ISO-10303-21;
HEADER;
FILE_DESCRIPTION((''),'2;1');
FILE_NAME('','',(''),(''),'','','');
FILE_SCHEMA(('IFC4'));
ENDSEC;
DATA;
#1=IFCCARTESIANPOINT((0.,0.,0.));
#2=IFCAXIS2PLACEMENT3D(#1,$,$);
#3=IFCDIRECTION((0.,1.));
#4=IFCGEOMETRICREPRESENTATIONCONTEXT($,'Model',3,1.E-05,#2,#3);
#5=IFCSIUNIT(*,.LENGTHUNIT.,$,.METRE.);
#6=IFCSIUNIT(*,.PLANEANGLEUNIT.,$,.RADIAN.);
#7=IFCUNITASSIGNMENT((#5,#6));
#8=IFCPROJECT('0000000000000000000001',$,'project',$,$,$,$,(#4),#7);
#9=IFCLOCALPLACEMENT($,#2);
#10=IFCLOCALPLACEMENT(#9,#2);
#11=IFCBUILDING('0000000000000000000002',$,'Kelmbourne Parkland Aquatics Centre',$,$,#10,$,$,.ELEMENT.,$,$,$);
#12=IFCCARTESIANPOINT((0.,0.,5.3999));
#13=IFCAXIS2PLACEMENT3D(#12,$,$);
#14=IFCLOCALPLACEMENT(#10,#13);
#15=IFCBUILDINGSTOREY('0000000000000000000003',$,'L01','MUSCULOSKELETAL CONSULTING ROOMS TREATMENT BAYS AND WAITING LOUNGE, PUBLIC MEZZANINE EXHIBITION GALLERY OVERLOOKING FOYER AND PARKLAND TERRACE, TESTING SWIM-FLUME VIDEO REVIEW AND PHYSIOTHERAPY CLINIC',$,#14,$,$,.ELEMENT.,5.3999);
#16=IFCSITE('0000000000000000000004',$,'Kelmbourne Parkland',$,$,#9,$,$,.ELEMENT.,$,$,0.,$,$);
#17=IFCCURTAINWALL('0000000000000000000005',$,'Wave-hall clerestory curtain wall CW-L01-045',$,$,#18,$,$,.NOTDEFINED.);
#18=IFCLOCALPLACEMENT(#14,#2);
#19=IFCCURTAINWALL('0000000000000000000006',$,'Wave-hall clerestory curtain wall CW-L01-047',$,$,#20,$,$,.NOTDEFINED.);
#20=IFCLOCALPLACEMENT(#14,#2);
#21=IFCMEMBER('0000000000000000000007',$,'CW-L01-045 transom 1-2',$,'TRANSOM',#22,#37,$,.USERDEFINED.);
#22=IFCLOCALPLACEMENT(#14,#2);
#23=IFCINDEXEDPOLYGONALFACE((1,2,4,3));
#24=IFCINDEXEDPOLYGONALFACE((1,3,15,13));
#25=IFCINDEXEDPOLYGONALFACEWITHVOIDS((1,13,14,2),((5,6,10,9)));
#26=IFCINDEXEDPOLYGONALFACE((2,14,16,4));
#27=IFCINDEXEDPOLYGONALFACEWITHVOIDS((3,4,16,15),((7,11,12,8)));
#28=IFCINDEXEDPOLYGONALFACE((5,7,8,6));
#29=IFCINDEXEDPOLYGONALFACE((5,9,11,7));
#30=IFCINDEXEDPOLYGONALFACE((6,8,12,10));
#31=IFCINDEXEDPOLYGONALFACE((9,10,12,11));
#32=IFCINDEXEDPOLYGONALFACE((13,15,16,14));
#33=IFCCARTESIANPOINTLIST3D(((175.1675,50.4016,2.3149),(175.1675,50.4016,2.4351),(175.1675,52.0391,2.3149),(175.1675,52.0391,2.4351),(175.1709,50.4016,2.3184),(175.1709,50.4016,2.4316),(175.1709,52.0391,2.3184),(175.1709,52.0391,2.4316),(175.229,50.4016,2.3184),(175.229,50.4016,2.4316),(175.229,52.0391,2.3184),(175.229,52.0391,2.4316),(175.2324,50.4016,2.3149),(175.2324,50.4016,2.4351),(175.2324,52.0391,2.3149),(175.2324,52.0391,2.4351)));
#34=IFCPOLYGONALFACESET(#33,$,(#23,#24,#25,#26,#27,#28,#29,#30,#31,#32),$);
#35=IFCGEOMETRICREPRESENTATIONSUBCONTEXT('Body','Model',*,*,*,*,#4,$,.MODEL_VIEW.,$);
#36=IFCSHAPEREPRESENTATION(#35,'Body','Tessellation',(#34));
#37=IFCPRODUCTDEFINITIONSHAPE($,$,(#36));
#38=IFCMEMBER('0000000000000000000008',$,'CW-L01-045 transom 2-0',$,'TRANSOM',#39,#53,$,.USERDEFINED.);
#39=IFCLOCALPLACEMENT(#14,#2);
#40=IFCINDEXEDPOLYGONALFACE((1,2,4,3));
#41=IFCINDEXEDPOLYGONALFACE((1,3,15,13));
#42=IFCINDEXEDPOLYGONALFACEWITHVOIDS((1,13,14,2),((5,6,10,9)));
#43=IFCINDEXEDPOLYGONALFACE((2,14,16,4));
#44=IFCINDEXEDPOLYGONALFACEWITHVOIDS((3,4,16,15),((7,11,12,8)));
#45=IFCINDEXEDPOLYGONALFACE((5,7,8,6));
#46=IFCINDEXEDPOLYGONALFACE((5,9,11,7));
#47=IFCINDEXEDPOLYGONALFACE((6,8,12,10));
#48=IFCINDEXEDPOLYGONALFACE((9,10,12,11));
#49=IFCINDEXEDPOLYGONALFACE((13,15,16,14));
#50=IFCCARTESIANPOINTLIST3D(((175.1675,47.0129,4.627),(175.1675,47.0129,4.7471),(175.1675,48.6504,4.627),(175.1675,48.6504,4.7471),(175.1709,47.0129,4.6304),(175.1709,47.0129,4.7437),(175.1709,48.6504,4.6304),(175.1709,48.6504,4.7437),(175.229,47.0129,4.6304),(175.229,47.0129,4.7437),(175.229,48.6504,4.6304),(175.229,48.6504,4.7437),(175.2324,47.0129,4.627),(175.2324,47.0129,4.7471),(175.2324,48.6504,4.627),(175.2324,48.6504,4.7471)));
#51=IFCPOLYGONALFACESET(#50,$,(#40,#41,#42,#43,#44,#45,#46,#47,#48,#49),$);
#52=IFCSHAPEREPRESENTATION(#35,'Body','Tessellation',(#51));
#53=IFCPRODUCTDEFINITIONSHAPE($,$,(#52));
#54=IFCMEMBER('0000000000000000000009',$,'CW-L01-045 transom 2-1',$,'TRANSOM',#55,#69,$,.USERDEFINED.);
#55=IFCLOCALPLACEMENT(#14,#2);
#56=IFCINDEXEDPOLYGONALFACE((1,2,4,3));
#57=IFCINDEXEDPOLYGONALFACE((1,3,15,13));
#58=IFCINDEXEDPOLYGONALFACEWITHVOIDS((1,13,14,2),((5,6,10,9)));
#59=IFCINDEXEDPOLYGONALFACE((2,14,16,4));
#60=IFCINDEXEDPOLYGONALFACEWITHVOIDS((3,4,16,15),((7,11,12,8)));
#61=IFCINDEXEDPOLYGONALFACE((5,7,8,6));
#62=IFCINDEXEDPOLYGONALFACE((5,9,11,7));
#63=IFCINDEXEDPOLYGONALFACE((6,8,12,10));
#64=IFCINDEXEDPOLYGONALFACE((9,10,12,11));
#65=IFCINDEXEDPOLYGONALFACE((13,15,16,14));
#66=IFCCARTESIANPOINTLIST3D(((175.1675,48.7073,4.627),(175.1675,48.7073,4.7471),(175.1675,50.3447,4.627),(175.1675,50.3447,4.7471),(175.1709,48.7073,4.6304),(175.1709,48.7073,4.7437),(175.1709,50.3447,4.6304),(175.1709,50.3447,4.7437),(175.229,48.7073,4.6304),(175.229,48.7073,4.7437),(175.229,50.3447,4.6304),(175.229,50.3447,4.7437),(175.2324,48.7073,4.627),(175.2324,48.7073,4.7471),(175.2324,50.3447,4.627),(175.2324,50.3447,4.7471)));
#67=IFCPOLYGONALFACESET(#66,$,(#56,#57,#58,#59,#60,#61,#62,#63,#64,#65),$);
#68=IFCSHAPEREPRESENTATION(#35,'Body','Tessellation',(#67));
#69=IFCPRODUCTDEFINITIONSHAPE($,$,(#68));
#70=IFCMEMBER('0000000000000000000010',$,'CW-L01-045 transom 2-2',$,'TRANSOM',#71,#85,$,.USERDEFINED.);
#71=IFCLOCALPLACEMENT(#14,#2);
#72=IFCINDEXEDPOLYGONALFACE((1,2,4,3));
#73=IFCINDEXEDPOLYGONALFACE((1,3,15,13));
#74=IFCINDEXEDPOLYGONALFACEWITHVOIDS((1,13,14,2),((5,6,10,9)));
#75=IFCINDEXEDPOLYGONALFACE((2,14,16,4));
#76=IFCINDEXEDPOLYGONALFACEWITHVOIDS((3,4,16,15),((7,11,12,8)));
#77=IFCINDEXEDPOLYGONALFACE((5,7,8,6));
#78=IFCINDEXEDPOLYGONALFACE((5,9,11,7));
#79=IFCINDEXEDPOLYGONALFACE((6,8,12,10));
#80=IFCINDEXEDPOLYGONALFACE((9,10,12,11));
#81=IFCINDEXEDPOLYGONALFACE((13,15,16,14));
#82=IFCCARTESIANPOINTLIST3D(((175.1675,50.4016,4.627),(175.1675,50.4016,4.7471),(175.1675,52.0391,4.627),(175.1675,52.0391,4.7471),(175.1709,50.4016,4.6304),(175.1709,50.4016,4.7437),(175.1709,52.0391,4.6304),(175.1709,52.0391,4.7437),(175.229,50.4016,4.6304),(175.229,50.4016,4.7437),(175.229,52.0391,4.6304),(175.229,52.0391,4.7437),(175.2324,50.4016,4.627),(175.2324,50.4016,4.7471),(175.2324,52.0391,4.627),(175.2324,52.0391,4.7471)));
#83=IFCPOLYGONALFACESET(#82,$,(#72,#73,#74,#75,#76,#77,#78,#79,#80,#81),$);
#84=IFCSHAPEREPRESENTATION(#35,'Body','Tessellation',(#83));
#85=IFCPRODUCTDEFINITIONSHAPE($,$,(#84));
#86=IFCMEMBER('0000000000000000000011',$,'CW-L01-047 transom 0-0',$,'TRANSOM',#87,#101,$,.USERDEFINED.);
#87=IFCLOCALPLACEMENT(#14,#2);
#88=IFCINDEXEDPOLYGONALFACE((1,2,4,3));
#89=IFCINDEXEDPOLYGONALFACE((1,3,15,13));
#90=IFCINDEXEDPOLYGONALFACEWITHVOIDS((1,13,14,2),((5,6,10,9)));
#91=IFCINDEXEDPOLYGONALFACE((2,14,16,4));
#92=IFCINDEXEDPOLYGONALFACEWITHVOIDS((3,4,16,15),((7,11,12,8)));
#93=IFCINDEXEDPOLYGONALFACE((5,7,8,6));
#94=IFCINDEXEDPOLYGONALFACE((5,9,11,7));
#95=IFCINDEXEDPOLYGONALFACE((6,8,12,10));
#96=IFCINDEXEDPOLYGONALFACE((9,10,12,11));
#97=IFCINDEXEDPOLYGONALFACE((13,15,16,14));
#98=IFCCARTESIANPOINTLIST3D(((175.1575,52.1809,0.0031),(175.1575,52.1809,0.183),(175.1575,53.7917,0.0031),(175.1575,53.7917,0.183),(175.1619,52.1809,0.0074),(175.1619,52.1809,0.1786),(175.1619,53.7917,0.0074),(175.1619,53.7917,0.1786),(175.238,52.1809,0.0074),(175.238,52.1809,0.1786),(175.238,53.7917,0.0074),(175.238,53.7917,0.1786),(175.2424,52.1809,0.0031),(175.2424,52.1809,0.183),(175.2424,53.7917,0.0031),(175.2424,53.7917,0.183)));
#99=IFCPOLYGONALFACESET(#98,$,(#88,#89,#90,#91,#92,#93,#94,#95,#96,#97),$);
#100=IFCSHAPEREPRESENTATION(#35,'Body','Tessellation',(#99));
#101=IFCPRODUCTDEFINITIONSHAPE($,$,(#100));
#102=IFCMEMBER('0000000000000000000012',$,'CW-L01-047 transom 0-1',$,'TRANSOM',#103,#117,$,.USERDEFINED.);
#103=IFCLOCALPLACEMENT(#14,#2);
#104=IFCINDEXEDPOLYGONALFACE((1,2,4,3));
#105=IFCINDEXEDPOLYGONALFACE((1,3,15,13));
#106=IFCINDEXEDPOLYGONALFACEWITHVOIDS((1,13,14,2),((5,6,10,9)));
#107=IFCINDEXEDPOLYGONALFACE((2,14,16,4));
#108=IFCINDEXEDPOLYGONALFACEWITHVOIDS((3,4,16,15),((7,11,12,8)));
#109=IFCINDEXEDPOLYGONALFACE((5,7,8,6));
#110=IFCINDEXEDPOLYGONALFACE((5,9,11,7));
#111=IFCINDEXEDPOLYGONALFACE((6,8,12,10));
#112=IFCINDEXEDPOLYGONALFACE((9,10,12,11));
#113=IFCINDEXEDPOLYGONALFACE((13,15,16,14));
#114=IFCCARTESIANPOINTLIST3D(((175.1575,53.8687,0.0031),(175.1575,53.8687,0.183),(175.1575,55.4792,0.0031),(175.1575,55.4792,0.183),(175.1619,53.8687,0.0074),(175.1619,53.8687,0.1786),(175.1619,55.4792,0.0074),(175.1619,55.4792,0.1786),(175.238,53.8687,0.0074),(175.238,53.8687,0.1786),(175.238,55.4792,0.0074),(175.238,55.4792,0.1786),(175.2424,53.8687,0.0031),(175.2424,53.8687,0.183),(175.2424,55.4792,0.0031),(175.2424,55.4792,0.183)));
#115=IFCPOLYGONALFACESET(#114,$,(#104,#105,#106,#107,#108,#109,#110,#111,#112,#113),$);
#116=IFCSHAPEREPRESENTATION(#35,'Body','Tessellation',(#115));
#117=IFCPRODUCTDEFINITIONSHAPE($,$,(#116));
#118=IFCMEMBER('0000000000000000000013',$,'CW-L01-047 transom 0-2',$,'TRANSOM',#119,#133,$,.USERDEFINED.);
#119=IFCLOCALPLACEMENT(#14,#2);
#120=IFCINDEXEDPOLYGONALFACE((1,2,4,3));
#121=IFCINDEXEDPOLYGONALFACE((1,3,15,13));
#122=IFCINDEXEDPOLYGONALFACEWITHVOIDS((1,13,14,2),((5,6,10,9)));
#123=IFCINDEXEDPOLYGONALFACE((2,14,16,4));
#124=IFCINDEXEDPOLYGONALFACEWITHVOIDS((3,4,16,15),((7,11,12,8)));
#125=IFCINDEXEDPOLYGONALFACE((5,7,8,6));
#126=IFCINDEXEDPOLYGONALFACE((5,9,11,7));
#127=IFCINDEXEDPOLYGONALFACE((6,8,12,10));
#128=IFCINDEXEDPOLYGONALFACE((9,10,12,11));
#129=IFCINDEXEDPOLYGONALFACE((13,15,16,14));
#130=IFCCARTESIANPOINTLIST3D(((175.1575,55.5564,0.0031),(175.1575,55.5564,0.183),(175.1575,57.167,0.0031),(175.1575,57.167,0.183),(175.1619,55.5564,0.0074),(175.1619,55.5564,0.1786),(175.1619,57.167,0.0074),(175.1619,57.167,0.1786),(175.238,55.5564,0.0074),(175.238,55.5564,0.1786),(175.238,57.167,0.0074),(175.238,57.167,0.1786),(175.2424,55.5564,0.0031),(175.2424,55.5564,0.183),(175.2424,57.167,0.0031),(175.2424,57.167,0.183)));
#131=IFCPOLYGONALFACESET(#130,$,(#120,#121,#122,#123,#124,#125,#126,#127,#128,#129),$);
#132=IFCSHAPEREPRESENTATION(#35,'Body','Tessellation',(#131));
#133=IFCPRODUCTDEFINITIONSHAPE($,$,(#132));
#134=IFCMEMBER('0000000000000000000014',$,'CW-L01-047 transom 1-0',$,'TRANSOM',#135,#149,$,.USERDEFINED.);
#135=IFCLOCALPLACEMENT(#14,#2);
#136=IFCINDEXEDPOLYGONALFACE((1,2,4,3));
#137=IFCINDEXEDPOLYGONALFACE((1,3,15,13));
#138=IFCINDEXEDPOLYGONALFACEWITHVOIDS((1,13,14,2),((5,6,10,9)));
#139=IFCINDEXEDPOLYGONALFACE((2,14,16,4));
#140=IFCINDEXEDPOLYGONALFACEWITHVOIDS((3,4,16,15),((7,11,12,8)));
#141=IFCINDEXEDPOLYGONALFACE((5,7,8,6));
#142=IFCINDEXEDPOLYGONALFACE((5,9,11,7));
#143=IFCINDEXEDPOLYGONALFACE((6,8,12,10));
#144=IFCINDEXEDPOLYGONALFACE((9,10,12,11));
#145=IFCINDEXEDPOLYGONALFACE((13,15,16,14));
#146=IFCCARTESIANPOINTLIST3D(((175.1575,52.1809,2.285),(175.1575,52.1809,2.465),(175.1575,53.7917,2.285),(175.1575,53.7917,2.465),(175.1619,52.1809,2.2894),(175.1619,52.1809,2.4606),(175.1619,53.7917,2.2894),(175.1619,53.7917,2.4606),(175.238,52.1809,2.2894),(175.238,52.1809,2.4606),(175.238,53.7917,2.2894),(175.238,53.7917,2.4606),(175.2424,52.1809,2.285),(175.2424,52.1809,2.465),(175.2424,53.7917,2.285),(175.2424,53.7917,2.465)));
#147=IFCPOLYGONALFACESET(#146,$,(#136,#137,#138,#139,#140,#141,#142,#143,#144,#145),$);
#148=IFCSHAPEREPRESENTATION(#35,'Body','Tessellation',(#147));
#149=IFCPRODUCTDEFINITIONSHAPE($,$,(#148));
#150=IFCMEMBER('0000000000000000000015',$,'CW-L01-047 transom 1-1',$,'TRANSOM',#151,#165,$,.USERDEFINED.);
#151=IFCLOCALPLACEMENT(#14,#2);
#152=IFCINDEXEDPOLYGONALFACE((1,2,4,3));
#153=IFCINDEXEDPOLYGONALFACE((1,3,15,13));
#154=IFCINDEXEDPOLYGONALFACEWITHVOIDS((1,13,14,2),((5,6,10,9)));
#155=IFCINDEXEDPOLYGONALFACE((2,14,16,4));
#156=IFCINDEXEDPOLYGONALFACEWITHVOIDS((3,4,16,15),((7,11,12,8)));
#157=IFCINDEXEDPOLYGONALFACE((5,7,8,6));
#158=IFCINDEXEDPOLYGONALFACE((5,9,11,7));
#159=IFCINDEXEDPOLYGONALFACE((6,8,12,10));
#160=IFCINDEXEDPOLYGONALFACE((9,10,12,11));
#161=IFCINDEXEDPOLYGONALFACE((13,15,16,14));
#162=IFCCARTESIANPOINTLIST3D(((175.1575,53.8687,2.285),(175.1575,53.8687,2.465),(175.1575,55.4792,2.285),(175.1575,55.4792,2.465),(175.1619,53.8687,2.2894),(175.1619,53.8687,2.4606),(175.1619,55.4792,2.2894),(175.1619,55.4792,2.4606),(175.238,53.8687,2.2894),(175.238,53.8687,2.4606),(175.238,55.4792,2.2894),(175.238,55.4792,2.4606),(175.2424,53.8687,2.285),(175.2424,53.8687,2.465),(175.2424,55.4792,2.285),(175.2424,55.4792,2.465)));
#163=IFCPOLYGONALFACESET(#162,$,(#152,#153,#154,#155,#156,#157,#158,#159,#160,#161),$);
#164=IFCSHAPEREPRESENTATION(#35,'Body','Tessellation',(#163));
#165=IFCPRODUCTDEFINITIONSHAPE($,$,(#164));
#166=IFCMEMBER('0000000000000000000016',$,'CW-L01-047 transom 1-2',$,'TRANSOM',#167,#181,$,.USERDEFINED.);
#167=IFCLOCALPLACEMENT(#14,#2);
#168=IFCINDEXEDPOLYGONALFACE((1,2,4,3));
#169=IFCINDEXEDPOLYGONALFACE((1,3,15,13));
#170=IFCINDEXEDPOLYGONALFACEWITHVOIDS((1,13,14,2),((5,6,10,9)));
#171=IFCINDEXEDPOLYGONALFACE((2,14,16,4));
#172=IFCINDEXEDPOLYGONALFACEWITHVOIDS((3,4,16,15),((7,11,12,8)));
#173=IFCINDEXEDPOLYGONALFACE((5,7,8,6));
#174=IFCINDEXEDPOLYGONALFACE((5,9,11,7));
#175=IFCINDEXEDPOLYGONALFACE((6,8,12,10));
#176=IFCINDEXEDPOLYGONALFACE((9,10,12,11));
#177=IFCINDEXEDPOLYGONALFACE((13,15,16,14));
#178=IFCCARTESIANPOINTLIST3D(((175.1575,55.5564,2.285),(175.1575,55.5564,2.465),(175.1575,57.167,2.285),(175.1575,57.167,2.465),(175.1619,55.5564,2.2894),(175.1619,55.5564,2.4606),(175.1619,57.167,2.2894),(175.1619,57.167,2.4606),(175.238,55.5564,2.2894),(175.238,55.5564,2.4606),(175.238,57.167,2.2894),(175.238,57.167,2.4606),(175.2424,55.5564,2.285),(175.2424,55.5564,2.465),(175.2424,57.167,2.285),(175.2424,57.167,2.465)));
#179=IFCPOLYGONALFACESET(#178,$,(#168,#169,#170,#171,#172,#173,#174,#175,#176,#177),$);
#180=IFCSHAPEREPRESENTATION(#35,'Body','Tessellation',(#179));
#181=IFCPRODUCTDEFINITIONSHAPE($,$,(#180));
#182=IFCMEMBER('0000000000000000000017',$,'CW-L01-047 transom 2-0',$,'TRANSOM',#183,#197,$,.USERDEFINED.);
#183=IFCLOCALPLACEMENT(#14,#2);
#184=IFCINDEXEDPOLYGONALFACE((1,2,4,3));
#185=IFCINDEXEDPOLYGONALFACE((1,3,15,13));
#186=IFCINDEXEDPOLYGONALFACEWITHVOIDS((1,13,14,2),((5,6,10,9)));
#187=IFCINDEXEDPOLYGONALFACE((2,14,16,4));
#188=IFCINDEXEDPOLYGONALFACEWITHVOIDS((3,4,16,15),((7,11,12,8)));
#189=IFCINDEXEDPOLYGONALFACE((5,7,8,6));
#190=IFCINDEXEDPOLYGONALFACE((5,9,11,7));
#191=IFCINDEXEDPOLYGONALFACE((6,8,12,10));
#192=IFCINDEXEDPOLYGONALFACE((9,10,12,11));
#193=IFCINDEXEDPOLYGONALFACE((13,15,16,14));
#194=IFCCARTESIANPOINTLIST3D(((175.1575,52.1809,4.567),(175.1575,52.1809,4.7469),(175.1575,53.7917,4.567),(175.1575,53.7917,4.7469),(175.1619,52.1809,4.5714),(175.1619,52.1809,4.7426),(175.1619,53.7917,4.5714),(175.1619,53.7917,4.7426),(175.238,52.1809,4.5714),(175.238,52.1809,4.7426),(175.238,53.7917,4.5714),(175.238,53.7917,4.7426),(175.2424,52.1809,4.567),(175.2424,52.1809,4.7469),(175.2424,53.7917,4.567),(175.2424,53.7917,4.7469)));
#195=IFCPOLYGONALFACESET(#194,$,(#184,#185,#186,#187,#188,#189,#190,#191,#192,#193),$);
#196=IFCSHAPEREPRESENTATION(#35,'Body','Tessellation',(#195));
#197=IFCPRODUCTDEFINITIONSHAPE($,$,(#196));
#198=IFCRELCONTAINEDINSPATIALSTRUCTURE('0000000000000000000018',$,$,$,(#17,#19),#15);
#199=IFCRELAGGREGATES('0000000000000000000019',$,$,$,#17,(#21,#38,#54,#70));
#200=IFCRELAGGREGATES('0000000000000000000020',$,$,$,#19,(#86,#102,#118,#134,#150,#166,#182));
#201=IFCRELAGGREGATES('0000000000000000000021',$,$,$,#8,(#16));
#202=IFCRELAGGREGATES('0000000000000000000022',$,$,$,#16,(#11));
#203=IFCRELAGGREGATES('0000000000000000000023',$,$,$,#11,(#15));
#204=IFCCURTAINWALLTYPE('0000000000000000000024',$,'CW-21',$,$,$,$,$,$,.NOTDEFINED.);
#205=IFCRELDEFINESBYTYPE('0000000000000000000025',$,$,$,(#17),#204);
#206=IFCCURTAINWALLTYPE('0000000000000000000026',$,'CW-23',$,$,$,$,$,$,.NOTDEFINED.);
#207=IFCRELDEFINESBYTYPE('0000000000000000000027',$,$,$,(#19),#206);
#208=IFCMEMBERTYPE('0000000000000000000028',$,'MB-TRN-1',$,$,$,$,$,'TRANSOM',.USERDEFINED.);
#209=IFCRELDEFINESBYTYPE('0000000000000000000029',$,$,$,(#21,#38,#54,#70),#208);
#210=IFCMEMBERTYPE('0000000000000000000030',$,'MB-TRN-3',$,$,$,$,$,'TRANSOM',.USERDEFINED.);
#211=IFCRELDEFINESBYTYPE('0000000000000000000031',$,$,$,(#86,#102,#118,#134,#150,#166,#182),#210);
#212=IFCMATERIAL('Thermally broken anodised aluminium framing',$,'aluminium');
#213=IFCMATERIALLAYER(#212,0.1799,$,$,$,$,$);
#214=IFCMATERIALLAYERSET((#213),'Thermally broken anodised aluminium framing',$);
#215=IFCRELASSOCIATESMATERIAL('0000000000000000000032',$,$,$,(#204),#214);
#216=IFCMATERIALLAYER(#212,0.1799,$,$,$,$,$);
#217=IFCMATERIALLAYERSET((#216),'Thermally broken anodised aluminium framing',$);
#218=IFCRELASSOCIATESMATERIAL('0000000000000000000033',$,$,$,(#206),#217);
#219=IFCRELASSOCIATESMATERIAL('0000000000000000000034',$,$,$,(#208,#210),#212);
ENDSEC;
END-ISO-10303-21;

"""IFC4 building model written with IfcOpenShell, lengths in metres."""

from ifc_helpers import new_model, si_unit, direction, frame, origin, origin_2d, place, context, subcontext, project, spatial, hollow_rectangle, extrude, material, layer, layer_set, material_profile, profile_set, type_object, element, aggregate, save


model = new_model("IFC4")

# Units and contexts
model_context = context("Model", 3, precision=1e-05, world=origin(), true_north=direction((0.0, 1.0)))
body_context = subcontext(model_context, "Body", "Model", "MODEL_VIEW")
ifc_project = project(units=[si_unit("LENGTHUNIT", "METRE"), si_unit("PLANEANGLEUNIT", "RADIAN")], contexts=[model_context])

# Site, building, storey
site_placement = place(None, origin())
site = spatial("IfcSite", under=ifc_project, at=site_placement, Name="Kelmbourne Parkland", CompositionType="ELEMENT", RefElevation=0.0)
building_placement = place(site_placement, origin())
building = spatial("IfcBuilding", under=site, at=building_placement, Name="Kelmbourne Parkland Aquatics Centre", CompositionType="ELEMENT")
storey_placement = place(building_placement, frame((0.0, 0.0, 5.3999)))
storey = spatial("IfcBuildingStorey", under=building, at=storey_placement, Name="L01", Description="MUSCULOSKELETAL CONSULTING ROOMS TREATMENT BAYS AND WAITING LOUNGE, PUBLIC MEZZANINE EXHIBITION GALLERY OVERLOOKING FOYER AND PARKLAND TERRACE, TESTING SWIM-FLUME VIDEO REVIEW AND PHYSIOTHERAPY CLINIC", CompositionType="ELEMENT", Elevation=5.3999)

# Curtain walls
ifc_material_1 = material(Name="Thermally broken anodised aluminium framing", Category="aluminium")
ifc_layer_1 = layer(ifc_material_1, 0.1799)
ifc_layer_set_1 = layer_set([ifc_layer_1], Name="Thermally broken anodised aluminium framing")
curtain_wall_type_1 = type_object("IfcCurtainWallType", Name="CW-21", PredefinedType="NOTDEFINED", material=ifc_layer_set_1)
curtain_wall_1_placement = place(storey_placement, origin())
curtain_wall_1 = element("IfcCurtainWall", 1, at=curtain_wall_1_placement, inside=storey, type_object=curtain_wall_type_1, Name="Wave-hall clerestory curtain wall CW-L01-045", PredefinedType="NOTDEFINED")
ifc_layer_2 = layer(ifc_material_1, 0.1799)
ifc_layer_set_2 = layer_set([ifc_layer_2], Name="Thermally broken anodised aluminium framing")
curtain_wall_type_2 = type_object("IfcCurtainWallType", Name="CW-23", PredefinedType="NOTDEFINED", material=ifc_layer_set_2)
curtain_wall_2_placement = place(storey_placement, origin())
curtain_wall_2 = element("IfcCurtainWall", 2, at=curtain_wall_2_placement, inside=storey, type_object=curtain_wall_type_2, Name="Wave-hall clerestory curtain wall CW-L01-047", PredefinedType="NOTDEFINED")

# Members
ifc_material_profile_1 = material_profile(ifc_material_1, hollow_rectangle(XDim=0.0649, YDim=0.1201, WallThickness=0.0034, at=origin_2d()), Name="CW-T 65x120")
ifc_profile_set_1 = profile_set([ifc_material_profile_1], Name="Thermally broken anodised aluminium framing")
member_type_1 = type_object("IfcMemberType", Name="MB-TRN-1", ElementType="TRANSOM", PredefinedType="USERDEFINED", material=ifc_profile_set_1)
member_1_placement = place(storey_placement, frame((175.2, 50.4016, 2.375), z_axis=(0.0, 1.0, 0.0), x_axis=(-1.0, 0.0, 0.0)))
member_1 = element("IfcMember", 3, at=member_1_placement, type_object=member_type_1, Name="CW-L01-045 transom 1-2", ObjectType="TRANSOM", PredefinedType="USERDEFINED", context=body_context, shape_type="SweptSolid", body=[
    extrude(hollow_rectangle(XDim=0.0649, YDim=0.1201, WallThickness=0.0034, at=origin_2d()), origin(), (0.0, 0.0, 1.0), 1.6375),
])
member_2_placement = place(storey_placement, frame((175.2, 47.0129, 4.687), z_axis=(0.0, 1.0, 0.0), x_axis=(-1.0, 0.0, 0.0)))
member_2 = element("IfcMember", 4, at=member_2_placement, type_object=member_type_1, Name="CW-L01-045 transom 2-0", ObjectType="TRANSOM", PredefinedType="USERDEFINED", context=body_context, shape_type="SweptSolid", body=[
    extrude(hollow_rectangle(XDim=0.0649, YDim=0.1201, WallThickness=0.0034, at=origin_2d()), origin(), (0.0, 0.0, 1.0), 1.6375),
])
member_3_placement = place(storey_placement, frame((175.2, 48.7073, 4.687), z_axis=(0.0, 1.0, 0.0), x_axis=(-1.0, 0.0, 0.0)))
member_3 = element("IfcMember", 5, at=member_3_placement, type_object=member_type_1, Name="CW-L01-045 transom 2-1", ObjectType="TRANSOM", PredefinedType="USERDEFINED", context=body_context, shape_type="SweptSolid", body=[
    extrude(hollow_rectangle(XDim=0.0649, YDim=0.1201, WallThickness=0.0034, at=origin_2d()), origin(), (0.0, 0.0, 1.0), 1.6375),
])
member_4_placement = place(storey_placement, frame((175.2, 50.4016, 4.687), z_axis=(0.0, 1.0, 0.0), x_axis=(-1.0, 0.0, 0.0)))
member_4 = element("IfcMember", 6, at=member_4_placement, type_object=member_type_1, Name="CW-L01-045 transom 2-2", ObjectType="TRANSOM", PredefinedType="USERDEFINED", context=body_context, shape_type="SweptSolid", body=[
    extrude(hollow_rectangle(XDim=0.0649, YDim=0.1201, WallThickness=0.0034, at=origin_2d()), origin(), (0.0, 0.0, 1.0), 1.6375),
])
ifc_material_profile_2 = material_profile(ifc_material_1, hollow_rectangle(XDim=0.085, YDim=0.1799, WallThickness=0.0044, at=origin_2d()), Name="CW-T 85x180")
ifc_profile_set_2 = profile_set([ifc_material_profile_2], Name="Thermally broken anodised aluminium framing")
member_type_2 = type_object("IfcMemberType", Name="MB-TRN-3", ElementType="TRANSOM", PredefinedType="USERDEFINED", material=ifc_profile_set_2)
member_5_placement = place(storey_placement, frame((175.2, 52.1809, 0.093), z_axis=(0.0, 1.0, 0.0), x_axis=(-1.0, 0.0, 0.0)))
member_5 = element("IfcMember", 7, at=member_5_placement, type_object=member_type_2, Name="CW-L01-047 transom 0-0", ObjectType="TRANSOM", PredefinedType="USERDEFINED", context=body_context, shape_type="SweptSolid", body=[
    extrude(hollow_rectangle(XDim=0.085, YDim=0.1799, WallThickness=0.0044, at=origin_2d()), origin(), (0.0, 0.0, 1.0), 1.6108),
])
member_6_placement = place(storey_placement, frame((175.2, 53.8687, 0.093), z_axis=(0.0, 1.0, 0.0), x_axis=(-1.0, 0.0, 0.0)))
member_6 = element("IfcMember", 8, at=member_6_placement, type_object=member_type_2, Name="CW-L01-047 transom 0-1", ObjectType="TRANSOM", PredefinedType="USERDEFINED", context=body_context, shape_type="SweptSolid", body=[
    extrude(hollow_rectangle(XDim=0.085, YDim=0.1799, WallThickness=0.0044, at=origin_2d()), origin(), (0.0, 0.0, 1.0), 1.6106),
])
member_7_placement = place(storey_placement, frame((175.2, 55.5564, 0.093), z_axis=(0.0, 1.0, 0.0), x_axis=(-1.0, 0.0, 0.0)))
member_7 = element("IfcMember", 9, at=member_7_placement, type_object=member_type_2, Name="CW-L01-047 transom 0-2", ObjectType="TRANSOM", PredefinedType="USERDEFINED", context=body_context, shape_type="SweptSolid", body=[
    extrude(hollow_rectangle(XDim=0.085, YDim=0.1799, WallThickness=0.0044, at=origin_2d()), origin(), (0.0, 0.0, 1.0), 1.6106),
])
member_8_placement = place(storey_placement, frame((175.2, 52.1809, 2.375), z_axis=(0.0, 1.0, 0.0), x_axis=(-1.0, 0.0, 0.0)))
member_8 = element("IfcMember", 10, at=member_8_placement, type_object=member_type_2, Name="CW-L01-047 transom 1-0", ObjectType="TRANSOM", PredefinedType="USERDEFINED", context=body_context, shape_type="SweptSolid", body=[
    extrude(hollow_rectangle(XDim=0.085, YDim=0.1799, WallThickness=0.0044, at=origin_2d()), origin(), (0.0, 0.0, 1.0), 1.6108),
])
member_9_placement = place(storey_placement, frame((175.2, 53.8687, 2.375), z_axis=(0.0, 1.0, 0.0), x_axis=(-1.0, 0.0, 0.0)))
member_9 = element("IfcMember", 11, at=member_9_placement, type_object=member_type_2, Name="CW-L01-047 transom 1-1", ObjectType="TRANSOM", PredefinedType="USERDEFINED", context=body_context, shape_type="SweptSolid", body=[
    extrude(hollow_rectangle(XDim=0.085, YDim=0.1799, WallThickness=0.0044, at=origin_2d()), origin(), (0.0, 0.0, 1.0), 1.6106),
])
member_10_placement = place(storey_placement, frame((175.2, 55.5564, 2.375), z_axis=(0.0, 1.0, 0.0), x_axis=(-1.0, 0.0, 0.0)))
member_10 = element("IfcMember", 12, at=member_10_placement, type_object=member_type_2, Name="CW-L01-047 transom 1-2", ObjectType="TRANSOM", PredefinedType="USERDEFINED", context=body_context, shape_type="SweptSolid", body=[
    extrude(hollow_rectangle(XDim=0.085, YDim=0.1799, WallThickness=0.0044, at=origin_2d()), origin(), (0.0, 0.0, 1.0), 1.6106),
])
member_11_placement = place(storey_placement, frame((175.2, 52.1809, 4.657), z_axis=(0.0, 1.0, 0.0), x_axis=(-1.0, 0.0, 0.0)))
member_11 = element("IfcMember", 13, at=member_11_placement, type_object=member_type_2, Name="CW-L01-047 transom 2-0", ObjectType="TRANSOM", PredefinedType="USERDEFINED", context=body_context, shape_type="SweptSolid", body=[
    extrude(hollow_rectangle(XDim=0.085, YDim=0.1799, WallThickness=0.0044, at=origin_2d()), origin(), (0.0, 0.0, 1.0), 1.6108),
])

aggregate(curtain_wall_1, [member_1, member_2, member_3, member_4])
aggregate(curtain_wall_2, [member_5, member_6, member_7, member_8, member_9, member_10, member_11])

save(model, "model.ifc")
